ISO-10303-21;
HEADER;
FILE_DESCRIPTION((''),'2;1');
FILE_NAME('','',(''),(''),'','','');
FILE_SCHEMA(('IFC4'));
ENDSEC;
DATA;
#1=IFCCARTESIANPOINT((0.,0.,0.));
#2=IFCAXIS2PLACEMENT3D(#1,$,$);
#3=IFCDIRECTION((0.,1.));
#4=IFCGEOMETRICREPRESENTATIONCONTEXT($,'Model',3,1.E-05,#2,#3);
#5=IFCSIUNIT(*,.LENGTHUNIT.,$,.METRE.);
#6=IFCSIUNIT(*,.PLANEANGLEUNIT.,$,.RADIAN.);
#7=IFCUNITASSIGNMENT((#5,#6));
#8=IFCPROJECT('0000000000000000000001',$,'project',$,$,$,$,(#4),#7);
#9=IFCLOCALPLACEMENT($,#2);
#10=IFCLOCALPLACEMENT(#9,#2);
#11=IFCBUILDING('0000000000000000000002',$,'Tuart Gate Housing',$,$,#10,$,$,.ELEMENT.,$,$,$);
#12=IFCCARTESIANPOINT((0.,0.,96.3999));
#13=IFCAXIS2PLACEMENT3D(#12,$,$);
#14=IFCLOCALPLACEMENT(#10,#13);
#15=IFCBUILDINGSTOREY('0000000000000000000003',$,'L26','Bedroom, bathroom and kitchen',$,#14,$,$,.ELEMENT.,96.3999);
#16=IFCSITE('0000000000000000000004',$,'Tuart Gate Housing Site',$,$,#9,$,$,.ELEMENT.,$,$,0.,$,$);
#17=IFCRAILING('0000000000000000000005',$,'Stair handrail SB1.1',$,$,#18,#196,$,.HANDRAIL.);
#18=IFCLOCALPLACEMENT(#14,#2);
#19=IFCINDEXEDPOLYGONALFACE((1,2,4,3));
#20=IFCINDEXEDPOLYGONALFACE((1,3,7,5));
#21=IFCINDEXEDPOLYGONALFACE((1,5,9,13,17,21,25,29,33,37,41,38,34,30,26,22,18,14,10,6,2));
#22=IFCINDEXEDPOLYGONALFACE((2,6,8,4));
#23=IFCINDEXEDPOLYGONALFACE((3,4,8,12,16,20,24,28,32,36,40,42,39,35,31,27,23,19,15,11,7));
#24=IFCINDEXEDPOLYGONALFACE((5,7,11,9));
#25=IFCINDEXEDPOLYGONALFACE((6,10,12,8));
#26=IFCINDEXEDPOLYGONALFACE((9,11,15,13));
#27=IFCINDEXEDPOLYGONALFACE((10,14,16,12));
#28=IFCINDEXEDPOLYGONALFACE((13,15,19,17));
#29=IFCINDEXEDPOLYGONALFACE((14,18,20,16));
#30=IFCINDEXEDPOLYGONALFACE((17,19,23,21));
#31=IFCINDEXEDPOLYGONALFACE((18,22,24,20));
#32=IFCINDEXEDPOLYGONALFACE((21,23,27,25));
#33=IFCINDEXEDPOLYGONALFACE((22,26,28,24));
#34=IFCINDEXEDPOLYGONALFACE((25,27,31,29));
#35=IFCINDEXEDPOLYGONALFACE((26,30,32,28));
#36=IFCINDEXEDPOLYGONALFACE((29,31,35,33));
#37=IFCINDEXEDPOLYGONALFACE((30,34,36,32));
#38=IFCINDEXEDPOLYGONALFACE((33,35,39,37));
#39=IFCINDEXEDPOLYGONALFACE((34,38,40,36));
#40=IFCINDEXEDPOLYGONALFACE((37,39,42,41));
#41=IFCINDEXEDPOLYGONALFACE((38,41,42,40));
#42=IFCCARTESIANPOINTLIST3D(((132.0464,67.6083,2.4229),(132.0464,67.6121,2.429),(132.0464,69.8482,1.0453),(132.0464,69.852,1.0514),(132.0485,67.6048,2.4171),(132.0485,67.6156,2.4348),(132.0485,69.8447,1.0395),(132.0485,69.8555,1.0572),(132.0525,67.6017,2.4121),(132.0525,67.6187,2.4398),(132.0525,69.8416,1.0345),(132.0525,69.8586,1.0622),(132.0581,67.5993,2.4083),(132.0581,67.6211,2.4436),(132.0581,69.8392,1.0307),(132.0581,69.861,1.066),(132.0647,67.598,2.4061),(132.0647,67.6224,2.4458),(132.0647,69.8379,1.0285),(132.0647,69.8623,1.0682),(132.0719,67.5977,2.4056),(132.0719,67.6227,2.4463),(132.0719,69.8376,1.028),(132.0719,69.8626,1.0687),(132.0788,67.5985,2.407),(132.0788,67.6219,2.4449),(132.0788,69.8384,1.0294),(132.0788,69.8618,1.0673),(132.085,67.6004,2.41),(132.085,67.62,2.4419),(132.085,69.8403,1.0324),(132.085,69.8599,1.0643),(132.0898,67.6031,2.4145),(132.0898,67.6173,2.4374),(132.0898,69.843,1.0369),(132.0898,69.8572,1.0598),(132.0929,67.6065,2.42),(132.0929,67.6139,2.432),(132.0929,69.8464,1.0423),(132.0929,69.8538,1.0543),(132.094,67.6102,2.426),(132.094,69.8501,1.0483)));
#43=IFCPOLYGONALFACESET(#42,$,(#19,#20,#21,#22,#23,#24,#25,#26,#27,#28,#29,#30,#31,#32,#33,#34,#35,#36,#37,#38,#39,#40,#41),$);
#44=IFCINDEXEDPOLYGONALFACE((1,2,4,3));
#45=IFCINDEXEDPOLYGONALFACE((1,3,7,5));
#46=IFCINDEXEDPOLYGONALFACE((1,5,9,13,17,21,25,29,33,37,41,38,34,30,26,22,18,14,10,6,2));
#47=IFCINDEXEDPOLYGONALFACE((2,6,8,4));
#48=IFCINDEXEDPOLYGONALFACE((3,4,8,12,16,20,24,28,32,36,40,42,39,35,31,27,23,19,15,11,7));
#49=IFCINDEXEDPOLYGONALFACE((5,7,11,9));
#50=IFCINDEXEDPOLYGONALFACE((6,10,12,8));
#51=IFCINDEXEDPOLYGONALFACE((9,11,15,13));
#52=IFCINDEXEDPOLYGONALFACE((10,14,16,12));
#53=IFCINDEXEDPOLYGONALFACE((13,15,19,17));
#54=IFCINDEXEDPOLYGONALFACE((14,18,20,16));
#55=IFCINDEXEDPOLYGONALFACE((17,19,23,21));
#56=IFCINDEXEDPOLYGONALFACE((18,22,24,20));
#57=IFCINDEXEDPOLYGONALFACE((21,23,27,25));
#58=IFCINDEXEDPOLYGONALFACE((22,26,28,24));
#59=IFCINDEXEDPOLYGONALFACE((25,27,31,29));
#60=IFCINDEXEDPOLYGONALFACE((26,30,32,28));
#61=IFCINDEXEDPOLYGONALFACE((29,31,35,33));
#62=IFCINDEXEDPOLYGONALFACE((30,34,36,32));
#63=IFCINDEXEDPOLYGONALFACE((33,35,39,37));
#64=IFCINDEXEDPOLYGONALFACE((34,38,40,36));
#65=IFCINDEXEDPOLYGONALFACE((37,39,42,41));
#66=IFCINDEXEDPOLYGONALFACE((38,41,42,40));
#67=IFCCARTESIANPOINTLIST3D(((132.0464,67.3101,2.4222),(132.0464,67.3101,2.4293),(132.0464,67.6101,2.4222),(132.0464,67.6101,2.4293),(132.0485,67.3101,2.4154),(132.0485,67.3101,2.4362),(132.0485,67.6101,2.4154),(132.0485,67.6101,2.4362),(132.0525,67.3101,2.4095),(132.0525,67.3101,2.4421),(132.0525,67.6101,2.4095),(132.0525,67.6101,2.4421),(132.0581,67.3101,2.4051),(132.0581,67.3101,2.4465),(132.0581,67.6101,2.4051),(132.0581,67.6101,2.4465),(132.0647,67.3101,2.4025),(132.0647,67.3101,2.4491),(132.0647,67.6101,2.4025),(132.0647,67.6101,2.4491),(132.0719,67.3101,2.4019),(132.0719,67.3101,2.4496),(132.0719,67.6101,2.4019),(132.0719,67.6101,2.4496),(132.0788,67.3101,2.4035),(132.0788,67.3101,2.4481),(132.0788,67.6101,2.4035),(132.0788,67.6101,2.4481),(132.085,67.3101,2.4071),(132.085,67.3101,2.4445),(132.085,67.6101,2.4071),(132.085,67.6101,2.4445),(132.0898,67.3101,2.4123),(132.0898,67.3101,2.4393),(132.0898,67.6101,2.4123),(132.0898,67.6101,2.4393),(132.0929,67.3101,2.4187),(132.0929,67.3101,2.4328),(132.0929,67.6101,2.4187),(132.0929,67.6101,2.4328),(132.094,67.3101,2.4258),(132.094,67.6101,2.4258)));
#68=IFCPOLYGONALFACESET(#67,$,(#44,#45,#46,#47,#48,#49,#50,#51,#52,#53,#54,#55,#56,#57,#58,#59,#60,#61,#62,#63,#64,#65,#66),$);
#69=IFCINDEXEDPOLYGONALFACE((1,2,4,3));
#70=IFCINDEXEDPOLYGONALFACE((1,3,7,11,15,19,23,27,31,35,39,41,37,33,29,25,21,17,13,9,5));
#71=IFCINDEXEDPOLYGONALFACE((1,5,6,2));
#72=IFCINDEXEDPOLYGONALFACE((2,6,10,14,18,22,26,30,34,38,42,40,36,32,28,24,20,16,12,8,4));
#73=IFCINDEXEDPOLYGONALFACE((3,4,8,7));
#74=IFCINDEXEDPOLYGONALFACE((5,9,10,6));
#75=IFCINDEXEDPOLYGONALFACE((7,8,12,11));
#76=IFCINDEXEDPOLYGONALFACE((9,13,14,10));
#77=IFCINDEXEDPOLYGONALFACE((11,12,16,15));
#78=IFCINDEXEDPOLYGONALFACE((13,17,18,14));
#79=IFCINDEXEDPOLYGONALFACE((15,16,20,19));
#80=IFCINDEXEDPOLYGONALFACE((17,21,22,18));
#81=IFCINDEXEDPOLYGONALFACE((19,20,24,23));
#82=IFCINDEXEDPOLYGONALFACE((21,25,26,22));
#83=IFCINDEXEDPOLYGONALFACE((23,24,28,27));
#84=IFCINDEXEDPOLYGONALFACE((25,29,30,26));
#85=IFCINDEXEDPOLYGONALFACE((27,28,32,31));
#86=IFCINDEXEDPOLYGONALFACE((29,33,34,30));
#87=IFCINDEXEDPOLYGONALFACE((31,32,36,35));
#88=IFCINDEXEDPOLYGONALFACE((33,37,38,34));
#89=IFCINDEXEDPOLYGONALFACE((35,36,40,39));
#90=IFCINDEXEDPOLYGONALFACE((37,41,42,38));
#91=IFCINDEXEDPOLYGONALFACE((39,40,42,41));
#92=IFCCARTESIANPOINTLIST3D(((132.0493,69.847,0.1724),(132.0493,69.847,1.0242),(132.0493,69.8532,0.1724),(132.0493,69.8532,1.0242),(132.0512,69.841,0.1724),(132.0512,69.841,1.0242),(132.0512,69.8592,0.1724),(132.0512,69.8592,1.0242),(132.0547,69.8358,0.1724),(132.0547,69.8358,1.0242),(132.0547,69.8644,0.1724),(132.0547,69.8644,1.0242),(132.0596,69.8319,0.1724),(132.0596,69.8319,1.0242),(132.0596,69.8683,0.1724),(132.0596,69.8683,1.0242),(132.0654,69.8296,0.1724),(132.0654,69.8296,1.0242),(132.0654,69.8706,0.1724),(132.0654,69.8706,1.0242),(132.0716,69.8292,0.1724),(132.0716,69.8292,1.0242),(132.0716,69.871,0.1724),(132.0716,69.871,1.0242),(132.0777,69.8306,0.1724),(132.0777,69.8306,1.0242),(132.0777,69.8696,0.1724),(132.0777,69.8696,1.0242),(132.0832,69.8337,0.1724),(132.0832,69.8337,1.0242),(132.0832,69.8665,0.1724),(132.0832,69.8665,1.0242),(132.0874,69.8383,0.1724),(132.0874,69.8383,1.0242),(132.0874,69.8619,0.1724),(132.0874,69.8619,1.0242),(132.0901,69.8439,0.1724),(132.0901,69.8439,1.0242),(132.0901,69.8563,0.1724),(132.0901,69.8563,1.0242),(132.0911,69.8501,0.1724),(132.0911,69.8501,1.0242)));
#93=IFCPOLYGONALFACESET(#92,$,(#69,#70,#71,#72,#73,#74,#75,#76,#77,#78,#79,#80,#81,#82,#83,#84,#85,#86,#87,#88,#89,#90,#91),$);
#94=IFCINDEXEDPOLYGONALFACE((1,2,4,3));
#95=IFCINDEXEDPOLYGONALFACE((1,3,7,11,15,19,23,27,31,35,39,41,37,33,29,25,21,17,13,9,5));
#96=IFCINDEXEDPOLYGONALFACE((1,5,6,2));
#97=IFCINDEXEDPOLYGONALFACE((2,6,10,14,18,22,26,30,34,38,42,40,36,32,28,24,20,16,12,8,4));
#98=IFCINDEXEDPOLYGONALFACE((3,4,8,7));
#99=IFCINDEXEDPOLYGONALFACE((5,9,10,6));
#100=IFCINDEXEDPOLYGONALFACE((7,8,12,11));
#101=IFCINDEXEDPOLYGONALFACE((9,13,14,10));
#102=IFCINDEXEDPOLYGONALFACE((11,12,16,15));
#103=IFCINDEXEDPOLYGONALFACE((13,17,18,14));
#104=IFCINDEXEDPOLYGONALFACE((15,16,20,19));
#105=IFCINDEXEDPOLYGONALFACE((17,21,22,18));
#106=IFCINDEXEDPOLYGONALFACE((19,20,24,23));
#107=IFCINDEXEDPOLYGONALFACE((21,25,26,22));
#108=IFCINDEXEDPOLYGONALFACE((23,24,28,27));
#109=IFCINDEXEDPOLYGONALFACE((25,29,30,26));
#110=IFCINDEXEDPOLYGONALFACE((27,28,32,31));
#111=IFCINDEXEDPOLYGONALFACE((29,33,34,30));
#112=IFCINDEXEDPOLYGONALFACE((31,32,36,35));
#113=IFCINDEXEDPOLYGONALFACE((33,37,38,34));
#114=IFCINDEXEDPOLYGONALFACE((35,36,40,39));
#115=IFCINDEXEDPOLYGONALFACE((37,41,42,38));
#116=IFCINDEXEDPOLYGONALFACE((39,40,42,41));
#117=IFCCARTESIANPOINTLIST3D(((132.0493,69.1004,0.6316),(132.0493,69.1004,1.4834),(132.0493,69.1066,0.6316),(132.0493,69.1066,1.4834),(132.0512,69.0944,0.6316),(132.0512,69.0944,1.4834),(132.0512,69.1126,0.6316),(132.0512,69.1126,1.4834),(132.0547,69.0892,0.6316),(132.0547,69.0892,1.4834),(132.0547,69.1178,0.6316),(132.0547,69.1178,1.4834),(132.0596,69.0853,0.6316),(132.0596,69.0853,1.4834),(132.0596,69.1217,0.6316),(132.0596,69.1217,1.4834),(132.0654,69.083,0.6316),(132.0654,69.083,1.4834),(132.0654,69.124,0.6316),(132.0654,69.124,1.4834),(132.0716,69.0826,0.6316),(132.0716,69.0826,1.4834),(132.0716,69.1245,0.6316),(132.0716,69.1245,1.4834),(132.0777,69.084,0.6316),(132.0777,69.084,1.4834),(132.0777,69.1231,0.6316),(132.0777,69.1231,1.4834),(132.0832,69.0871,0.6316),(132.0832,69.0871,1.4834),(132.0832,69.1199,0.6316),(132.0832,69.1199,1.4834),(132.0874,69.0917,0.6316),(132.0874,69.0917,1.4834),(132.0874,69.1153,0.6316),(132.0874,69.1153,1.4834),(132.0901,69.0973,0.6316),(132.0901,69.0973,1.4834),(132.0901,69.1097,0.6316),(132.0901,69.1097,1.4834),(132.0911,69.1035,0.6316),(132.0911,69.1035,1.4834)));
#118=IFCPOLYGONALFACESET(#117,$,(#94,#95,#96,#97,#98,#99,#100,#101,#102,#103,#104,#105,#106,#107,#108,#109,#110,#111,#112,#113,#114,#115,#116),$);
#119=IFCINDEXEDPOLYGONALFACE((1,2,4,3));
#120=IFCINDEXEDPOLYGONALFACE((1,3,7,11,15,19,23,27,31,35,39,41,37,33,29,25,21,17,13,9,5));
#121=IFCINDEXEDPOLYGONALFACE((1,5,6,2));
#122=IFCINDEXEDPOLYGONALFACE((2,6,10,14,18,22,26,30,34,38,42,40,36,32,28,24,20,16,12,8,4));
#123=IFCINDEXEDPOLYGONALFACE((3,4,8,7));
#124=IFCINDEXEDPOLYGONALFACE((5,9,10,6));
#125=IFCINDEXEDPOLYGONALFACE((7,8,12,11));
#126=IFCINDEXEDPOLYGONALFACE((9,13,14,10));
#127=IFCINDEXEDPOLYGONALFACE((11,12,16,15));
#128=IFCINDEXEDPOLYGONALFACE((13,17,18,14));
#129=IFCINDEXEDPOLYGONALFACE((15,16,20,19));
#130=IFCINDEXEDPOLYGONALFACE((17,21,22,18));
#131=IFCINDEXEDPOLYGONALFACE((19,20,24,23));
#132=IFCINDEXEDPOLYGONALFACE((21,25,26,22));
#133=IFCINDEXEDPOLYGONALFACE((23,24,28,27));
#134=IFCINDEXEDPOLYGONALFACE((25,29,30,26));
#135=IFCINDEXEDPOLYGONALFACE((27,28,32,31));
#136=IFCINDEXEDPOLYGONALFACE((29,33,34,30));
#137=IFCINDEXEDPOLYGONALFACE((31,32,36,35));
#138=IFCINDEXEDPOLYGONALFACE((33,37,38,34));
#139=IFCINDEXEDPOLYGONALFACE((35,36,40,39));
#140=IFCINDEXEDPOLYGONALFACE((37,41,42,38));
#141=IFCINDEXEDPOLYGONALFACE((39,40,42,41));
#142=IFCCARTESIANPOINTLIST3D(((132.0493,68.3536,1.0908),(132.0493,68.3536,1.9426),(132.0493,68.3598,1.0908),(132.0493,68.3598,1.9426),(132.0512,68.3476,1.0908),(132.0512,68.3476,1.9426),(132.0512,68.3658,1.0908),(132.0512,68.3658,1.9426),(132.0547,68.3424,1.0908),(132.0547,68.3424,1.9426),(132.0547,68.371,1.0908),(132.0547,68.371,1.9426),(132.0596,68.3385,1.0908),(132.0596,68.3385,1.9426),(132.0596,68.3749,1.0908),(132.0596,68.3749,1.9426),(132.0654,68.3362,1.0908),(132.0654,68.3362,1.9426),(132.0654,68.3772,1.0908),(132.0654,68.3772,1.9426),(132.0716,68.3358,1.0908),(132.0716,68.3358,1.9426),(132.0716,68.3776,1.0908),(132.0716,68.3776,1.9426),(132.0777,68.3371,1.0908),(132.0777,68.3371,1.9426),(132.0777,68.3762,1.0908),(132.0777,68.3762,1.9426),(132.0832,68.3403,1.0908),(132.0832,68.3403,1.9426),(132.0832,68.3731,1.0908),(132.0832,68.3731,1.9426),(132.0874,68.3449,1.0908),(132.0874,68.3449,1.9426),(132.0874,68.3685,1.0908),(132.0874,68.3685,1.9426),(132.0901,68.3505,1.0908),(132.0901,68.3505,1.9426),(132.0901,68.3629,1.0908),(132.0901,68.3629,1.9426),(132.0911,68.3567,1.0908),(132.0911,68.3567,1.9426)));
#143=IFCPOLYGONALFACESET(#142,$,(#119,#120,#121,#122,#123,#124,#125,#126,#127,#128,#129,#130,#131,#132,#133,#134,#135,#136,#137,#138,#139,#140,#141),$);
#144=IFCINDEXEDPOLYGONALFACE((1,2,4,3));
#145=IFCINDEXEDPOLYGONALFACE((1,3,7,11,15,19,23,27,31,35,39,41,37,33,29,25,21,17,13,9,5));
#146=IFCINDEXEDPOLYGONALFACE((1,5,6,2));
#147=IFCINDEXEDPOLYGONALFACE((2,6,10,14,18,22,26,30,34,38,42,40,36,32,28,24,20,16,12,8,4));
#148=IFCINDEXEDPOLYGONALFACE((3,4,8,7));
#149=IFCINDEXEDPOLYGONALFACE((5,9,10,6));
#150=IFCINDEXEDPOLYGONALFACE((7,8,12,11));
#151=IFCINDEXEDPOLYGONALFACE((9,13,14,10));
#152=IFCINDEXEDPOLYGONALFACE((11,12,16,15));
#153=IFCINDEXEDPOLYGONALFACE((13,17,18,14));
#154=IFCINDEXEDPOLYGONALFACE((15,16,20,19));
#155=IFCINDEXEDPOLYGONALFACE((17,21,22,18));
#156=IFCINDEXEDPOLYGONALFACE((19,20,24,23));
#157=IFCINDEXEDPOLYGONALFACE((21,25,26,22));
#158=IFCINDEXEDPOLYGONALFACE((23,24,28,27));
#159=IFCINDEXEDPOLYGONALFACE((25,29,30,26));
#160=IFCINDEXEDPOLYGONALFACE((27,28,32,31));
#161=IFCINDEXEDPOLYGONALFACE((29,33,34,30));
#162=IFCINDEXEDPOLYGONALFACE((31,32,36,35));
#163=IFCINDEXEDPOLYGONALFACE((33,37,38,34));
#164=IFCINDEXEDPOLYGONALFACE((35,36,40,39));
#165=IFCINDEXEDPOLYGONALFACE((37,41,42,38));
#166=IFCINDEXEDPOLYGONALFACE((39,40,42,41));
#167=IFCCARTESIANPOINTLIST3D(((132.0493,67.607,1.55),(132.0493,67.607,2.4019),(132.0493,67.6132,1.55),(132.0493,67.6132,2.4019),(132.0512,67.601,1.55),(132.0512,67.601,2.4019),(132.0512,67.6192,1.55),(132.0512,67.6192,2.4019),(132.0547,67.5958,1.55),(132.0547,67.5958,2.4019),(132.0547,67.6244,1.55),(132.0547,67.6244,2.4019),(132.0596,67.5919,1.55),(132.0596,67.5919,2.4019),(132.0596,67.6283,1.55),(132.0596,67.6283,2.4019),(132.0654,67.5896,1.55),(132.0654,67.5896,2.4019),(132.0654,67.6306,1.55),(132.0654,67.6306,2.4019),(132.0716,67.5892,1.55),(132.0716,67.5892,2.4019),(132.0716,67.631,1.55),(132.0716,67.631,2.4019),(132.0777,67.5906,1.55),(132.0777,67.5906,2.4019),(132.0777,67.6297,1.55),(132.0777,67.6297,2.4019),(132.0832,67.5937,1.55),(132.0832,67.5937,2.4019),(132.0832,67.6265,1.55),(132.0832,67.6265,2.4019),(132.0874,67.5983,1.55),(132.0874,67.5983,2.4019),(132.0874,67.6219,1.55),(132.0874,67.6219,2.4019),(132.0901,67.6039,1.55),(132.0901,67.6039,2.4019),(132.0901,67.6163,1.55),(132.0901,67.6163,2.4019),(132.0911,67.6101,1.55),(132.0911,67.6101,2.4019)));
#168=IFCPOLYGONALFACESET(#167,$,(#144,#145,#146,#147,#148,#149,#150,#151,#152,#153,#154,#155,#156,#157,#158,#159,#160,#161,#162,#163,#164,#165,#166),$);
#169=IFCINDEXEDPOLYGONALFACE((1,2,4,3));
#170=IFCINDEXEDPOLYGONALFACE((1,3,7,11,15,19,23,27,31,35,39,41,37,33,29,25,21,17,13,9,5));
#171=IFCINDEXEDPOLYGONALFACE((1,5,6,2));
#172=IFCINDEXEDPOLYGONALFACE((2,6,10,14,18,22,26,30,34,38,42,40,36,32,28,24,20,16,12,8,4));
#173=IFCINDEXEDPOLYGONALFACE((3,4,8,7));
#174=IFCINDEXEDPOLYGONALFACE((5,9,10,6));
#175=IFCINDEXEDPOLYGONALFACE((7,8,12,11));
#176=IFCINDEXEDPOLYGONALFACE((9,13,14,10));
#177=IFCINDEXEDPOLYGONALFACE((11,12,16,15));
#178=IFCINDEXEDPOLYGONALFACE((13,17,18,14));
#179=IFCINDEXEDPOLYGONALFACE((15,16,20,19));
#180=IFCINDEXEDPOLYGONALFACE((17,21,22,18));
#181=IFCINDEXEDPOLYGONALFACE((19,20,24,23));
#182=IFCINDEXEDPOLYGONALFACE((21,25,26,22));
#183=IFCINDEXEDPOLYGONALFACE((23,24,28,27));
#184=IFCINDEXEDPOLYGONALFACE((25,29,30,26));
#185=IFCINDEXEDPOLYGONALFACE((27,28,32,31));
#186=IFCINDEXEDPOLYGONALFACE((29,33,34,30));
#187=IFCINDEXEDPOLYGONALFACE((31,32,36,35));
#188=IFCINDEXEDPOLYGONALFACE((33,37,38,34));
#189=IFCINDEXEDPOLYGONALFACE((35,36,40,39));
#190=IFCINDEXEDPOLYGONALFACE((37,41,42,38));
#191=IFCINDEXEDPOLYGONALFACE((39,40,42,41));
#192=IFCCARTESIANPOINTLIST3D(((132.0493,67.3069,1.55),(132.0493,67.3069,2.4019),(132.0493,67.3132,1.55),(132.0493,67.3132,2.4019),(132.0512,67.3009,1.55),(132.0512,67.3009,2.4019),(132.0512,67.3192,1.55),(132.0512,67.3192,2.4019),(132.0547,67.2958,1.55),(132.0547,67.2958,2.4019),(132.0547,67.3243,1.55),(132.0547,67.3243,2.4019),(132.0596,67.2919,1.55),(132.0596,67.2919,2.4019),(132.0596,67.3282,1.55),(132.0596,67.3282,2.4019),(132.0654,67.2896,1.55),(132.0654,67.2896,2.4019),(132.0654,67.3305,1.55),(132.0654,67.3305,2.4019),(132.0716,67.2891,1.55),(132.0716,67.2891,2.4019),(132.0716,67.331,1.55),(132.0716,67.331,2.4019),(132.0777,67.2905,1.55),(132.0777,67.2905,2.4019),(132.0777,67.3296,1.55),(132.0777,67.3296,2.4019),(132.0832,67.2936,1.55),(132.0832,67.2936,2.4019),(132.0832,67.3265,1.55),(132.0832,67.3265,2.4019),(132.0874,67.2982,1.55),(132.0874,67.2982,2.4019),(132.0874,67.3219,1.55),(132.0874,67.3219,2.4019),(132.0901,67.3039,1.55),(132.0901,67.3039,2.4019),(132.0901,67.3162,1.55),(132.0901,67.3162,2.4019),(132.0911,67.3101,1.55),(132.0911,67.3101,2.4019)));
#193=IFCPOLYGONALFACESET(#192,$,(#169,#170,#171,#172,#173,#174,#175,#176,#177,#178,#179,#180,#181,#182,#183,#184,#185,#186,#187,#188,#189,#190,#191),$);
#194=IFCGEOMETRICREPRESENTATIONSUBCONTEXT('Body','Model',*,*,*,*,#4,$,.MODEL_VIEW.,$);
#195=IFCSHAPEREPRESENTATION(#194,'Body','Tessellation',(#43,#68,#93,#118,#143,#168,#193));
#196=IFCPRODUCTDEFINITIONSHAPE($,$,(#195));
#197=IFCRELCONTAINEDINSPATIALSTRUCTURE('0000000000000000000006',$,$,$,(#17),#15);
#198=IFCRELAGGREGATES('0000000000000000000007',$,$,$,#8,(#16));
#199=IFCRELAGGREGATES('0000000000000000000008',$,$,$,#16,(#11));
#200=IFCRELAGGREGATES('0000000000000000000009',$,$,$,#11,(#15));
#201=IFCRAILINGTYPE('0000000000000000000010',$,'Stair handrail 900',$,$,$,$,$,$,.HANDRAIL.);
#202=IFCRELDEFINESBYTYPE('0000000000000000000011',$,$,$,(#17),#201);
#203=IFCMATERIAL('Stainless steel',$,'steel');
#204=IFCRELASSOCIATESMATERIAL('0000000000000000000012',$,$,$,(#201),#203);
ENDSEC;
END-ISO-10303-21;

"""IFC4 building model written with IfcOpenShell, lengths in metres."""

from ifc_helpers import new_model, si_unit, direction, frame, origin, origin_2d, place, context, subcontext, project, spatial, circle, extrude, material, type_object, element, save


model = new_model("IFC4")

# Units and contexts
model_context = context("Model", 3, precision=1e-05, world=origin(), true_north=direction((0.0, 1.0)))
body_context = subcontext(model_context, "Body", "Model", "MODEL_VIEW")
ifc_project = project(units=[si_unit("LENGTHUNIT", "METRE"), si_unit("PLANEANGLEUNIT", "RADIAN")], contexts=[model_context])

# Site, building, storey
site_placement = place(None, origin())
site = spatial("IfcSite", under=ifc_project, at=site_placement, Name="Tuart Gate Housing Site", CompositionType="ELEMENT", RefElevation=0.0)
building_placement = place(site_placement, origin())
building = spatial("IfcBuilding", under=site, at=building_placement, Name="Tuart Gate Housing", CompositionType="ELEMENT")
storey_placement = place(building_placement, frame((0.0, 0.0, 96.3999)))
storey = spatial("IfcBuildingStorey", under=building, at=storey_placement, Name="L26", Description="Bedroom, bathroom and kitchen", CompositionType="ELEMENT", Elevation=96.3999)

# Railing
ifc_material_1 = material(Name="Stainless steel", Category="steel")
railing_type = type_object("IfcRailingType", Name="Stair handrail 900", PredefinedType="HANDRAIL", material=ifc_material_1)
railing_placement = place(storey_placement, frame((132.0701, 69.8501, 0.1724)))
element("IfcRailing", 1, at=railing_placement, inside=storey, type_object=railing_type, Name="Stair handrail SB1.1", PredefinedType="HANDRAIL", context=body_context, shape_type="SweptSolid", body=[
    extrude(circle(Radius=0.0239, at=origin_2d()), frame((0.0, 0.0, 0.876), z_axis=(0.0, -0.851789, 0.523885), x_axis=(1.0, 0.0, 0.0)), (0.0, 0.0, 1.0), 2.6296),
    extrude(circle(Radius=0.0239, at=origin_2d()), frame((0.0, -2.24, 2.2534), z_axis=(0.0, -1.0, 0.0), x_axis=(1.0, 0.0, 0.0)), (0.0, 0.0, 1.0), 0.3),
    extrude(circle(Radius=0.021, at=origin_2d()), origin(), (0.0, 0.0, 1.0), 0.8518),
    extrude(circle(Radius=0.021, at=origin_2d()), frame((0.0, -0.7466, 0.4592)), (0.0, 0.0, 1.0), 0.8518),
    extrude(circle(Radius=0.021, at=origin_2d()), frame((0.0, -1.4934, 0.9185)), (0.0, 0.0, 1.0), 0.8518),
    extrude(circle(Radius=0.021, at=origin_2d()), frame((0.0, -2.24, 1.3777)), (0.0, 0.0, 1.0), 0.8518),
    extrude(circle(Radius=0.021, at=origin_2d()), frame((0.0, -2.54, 1.3777)), (0.0, 0.0, 1.0), 0.8518),
])

save(model, "model.ifc")
